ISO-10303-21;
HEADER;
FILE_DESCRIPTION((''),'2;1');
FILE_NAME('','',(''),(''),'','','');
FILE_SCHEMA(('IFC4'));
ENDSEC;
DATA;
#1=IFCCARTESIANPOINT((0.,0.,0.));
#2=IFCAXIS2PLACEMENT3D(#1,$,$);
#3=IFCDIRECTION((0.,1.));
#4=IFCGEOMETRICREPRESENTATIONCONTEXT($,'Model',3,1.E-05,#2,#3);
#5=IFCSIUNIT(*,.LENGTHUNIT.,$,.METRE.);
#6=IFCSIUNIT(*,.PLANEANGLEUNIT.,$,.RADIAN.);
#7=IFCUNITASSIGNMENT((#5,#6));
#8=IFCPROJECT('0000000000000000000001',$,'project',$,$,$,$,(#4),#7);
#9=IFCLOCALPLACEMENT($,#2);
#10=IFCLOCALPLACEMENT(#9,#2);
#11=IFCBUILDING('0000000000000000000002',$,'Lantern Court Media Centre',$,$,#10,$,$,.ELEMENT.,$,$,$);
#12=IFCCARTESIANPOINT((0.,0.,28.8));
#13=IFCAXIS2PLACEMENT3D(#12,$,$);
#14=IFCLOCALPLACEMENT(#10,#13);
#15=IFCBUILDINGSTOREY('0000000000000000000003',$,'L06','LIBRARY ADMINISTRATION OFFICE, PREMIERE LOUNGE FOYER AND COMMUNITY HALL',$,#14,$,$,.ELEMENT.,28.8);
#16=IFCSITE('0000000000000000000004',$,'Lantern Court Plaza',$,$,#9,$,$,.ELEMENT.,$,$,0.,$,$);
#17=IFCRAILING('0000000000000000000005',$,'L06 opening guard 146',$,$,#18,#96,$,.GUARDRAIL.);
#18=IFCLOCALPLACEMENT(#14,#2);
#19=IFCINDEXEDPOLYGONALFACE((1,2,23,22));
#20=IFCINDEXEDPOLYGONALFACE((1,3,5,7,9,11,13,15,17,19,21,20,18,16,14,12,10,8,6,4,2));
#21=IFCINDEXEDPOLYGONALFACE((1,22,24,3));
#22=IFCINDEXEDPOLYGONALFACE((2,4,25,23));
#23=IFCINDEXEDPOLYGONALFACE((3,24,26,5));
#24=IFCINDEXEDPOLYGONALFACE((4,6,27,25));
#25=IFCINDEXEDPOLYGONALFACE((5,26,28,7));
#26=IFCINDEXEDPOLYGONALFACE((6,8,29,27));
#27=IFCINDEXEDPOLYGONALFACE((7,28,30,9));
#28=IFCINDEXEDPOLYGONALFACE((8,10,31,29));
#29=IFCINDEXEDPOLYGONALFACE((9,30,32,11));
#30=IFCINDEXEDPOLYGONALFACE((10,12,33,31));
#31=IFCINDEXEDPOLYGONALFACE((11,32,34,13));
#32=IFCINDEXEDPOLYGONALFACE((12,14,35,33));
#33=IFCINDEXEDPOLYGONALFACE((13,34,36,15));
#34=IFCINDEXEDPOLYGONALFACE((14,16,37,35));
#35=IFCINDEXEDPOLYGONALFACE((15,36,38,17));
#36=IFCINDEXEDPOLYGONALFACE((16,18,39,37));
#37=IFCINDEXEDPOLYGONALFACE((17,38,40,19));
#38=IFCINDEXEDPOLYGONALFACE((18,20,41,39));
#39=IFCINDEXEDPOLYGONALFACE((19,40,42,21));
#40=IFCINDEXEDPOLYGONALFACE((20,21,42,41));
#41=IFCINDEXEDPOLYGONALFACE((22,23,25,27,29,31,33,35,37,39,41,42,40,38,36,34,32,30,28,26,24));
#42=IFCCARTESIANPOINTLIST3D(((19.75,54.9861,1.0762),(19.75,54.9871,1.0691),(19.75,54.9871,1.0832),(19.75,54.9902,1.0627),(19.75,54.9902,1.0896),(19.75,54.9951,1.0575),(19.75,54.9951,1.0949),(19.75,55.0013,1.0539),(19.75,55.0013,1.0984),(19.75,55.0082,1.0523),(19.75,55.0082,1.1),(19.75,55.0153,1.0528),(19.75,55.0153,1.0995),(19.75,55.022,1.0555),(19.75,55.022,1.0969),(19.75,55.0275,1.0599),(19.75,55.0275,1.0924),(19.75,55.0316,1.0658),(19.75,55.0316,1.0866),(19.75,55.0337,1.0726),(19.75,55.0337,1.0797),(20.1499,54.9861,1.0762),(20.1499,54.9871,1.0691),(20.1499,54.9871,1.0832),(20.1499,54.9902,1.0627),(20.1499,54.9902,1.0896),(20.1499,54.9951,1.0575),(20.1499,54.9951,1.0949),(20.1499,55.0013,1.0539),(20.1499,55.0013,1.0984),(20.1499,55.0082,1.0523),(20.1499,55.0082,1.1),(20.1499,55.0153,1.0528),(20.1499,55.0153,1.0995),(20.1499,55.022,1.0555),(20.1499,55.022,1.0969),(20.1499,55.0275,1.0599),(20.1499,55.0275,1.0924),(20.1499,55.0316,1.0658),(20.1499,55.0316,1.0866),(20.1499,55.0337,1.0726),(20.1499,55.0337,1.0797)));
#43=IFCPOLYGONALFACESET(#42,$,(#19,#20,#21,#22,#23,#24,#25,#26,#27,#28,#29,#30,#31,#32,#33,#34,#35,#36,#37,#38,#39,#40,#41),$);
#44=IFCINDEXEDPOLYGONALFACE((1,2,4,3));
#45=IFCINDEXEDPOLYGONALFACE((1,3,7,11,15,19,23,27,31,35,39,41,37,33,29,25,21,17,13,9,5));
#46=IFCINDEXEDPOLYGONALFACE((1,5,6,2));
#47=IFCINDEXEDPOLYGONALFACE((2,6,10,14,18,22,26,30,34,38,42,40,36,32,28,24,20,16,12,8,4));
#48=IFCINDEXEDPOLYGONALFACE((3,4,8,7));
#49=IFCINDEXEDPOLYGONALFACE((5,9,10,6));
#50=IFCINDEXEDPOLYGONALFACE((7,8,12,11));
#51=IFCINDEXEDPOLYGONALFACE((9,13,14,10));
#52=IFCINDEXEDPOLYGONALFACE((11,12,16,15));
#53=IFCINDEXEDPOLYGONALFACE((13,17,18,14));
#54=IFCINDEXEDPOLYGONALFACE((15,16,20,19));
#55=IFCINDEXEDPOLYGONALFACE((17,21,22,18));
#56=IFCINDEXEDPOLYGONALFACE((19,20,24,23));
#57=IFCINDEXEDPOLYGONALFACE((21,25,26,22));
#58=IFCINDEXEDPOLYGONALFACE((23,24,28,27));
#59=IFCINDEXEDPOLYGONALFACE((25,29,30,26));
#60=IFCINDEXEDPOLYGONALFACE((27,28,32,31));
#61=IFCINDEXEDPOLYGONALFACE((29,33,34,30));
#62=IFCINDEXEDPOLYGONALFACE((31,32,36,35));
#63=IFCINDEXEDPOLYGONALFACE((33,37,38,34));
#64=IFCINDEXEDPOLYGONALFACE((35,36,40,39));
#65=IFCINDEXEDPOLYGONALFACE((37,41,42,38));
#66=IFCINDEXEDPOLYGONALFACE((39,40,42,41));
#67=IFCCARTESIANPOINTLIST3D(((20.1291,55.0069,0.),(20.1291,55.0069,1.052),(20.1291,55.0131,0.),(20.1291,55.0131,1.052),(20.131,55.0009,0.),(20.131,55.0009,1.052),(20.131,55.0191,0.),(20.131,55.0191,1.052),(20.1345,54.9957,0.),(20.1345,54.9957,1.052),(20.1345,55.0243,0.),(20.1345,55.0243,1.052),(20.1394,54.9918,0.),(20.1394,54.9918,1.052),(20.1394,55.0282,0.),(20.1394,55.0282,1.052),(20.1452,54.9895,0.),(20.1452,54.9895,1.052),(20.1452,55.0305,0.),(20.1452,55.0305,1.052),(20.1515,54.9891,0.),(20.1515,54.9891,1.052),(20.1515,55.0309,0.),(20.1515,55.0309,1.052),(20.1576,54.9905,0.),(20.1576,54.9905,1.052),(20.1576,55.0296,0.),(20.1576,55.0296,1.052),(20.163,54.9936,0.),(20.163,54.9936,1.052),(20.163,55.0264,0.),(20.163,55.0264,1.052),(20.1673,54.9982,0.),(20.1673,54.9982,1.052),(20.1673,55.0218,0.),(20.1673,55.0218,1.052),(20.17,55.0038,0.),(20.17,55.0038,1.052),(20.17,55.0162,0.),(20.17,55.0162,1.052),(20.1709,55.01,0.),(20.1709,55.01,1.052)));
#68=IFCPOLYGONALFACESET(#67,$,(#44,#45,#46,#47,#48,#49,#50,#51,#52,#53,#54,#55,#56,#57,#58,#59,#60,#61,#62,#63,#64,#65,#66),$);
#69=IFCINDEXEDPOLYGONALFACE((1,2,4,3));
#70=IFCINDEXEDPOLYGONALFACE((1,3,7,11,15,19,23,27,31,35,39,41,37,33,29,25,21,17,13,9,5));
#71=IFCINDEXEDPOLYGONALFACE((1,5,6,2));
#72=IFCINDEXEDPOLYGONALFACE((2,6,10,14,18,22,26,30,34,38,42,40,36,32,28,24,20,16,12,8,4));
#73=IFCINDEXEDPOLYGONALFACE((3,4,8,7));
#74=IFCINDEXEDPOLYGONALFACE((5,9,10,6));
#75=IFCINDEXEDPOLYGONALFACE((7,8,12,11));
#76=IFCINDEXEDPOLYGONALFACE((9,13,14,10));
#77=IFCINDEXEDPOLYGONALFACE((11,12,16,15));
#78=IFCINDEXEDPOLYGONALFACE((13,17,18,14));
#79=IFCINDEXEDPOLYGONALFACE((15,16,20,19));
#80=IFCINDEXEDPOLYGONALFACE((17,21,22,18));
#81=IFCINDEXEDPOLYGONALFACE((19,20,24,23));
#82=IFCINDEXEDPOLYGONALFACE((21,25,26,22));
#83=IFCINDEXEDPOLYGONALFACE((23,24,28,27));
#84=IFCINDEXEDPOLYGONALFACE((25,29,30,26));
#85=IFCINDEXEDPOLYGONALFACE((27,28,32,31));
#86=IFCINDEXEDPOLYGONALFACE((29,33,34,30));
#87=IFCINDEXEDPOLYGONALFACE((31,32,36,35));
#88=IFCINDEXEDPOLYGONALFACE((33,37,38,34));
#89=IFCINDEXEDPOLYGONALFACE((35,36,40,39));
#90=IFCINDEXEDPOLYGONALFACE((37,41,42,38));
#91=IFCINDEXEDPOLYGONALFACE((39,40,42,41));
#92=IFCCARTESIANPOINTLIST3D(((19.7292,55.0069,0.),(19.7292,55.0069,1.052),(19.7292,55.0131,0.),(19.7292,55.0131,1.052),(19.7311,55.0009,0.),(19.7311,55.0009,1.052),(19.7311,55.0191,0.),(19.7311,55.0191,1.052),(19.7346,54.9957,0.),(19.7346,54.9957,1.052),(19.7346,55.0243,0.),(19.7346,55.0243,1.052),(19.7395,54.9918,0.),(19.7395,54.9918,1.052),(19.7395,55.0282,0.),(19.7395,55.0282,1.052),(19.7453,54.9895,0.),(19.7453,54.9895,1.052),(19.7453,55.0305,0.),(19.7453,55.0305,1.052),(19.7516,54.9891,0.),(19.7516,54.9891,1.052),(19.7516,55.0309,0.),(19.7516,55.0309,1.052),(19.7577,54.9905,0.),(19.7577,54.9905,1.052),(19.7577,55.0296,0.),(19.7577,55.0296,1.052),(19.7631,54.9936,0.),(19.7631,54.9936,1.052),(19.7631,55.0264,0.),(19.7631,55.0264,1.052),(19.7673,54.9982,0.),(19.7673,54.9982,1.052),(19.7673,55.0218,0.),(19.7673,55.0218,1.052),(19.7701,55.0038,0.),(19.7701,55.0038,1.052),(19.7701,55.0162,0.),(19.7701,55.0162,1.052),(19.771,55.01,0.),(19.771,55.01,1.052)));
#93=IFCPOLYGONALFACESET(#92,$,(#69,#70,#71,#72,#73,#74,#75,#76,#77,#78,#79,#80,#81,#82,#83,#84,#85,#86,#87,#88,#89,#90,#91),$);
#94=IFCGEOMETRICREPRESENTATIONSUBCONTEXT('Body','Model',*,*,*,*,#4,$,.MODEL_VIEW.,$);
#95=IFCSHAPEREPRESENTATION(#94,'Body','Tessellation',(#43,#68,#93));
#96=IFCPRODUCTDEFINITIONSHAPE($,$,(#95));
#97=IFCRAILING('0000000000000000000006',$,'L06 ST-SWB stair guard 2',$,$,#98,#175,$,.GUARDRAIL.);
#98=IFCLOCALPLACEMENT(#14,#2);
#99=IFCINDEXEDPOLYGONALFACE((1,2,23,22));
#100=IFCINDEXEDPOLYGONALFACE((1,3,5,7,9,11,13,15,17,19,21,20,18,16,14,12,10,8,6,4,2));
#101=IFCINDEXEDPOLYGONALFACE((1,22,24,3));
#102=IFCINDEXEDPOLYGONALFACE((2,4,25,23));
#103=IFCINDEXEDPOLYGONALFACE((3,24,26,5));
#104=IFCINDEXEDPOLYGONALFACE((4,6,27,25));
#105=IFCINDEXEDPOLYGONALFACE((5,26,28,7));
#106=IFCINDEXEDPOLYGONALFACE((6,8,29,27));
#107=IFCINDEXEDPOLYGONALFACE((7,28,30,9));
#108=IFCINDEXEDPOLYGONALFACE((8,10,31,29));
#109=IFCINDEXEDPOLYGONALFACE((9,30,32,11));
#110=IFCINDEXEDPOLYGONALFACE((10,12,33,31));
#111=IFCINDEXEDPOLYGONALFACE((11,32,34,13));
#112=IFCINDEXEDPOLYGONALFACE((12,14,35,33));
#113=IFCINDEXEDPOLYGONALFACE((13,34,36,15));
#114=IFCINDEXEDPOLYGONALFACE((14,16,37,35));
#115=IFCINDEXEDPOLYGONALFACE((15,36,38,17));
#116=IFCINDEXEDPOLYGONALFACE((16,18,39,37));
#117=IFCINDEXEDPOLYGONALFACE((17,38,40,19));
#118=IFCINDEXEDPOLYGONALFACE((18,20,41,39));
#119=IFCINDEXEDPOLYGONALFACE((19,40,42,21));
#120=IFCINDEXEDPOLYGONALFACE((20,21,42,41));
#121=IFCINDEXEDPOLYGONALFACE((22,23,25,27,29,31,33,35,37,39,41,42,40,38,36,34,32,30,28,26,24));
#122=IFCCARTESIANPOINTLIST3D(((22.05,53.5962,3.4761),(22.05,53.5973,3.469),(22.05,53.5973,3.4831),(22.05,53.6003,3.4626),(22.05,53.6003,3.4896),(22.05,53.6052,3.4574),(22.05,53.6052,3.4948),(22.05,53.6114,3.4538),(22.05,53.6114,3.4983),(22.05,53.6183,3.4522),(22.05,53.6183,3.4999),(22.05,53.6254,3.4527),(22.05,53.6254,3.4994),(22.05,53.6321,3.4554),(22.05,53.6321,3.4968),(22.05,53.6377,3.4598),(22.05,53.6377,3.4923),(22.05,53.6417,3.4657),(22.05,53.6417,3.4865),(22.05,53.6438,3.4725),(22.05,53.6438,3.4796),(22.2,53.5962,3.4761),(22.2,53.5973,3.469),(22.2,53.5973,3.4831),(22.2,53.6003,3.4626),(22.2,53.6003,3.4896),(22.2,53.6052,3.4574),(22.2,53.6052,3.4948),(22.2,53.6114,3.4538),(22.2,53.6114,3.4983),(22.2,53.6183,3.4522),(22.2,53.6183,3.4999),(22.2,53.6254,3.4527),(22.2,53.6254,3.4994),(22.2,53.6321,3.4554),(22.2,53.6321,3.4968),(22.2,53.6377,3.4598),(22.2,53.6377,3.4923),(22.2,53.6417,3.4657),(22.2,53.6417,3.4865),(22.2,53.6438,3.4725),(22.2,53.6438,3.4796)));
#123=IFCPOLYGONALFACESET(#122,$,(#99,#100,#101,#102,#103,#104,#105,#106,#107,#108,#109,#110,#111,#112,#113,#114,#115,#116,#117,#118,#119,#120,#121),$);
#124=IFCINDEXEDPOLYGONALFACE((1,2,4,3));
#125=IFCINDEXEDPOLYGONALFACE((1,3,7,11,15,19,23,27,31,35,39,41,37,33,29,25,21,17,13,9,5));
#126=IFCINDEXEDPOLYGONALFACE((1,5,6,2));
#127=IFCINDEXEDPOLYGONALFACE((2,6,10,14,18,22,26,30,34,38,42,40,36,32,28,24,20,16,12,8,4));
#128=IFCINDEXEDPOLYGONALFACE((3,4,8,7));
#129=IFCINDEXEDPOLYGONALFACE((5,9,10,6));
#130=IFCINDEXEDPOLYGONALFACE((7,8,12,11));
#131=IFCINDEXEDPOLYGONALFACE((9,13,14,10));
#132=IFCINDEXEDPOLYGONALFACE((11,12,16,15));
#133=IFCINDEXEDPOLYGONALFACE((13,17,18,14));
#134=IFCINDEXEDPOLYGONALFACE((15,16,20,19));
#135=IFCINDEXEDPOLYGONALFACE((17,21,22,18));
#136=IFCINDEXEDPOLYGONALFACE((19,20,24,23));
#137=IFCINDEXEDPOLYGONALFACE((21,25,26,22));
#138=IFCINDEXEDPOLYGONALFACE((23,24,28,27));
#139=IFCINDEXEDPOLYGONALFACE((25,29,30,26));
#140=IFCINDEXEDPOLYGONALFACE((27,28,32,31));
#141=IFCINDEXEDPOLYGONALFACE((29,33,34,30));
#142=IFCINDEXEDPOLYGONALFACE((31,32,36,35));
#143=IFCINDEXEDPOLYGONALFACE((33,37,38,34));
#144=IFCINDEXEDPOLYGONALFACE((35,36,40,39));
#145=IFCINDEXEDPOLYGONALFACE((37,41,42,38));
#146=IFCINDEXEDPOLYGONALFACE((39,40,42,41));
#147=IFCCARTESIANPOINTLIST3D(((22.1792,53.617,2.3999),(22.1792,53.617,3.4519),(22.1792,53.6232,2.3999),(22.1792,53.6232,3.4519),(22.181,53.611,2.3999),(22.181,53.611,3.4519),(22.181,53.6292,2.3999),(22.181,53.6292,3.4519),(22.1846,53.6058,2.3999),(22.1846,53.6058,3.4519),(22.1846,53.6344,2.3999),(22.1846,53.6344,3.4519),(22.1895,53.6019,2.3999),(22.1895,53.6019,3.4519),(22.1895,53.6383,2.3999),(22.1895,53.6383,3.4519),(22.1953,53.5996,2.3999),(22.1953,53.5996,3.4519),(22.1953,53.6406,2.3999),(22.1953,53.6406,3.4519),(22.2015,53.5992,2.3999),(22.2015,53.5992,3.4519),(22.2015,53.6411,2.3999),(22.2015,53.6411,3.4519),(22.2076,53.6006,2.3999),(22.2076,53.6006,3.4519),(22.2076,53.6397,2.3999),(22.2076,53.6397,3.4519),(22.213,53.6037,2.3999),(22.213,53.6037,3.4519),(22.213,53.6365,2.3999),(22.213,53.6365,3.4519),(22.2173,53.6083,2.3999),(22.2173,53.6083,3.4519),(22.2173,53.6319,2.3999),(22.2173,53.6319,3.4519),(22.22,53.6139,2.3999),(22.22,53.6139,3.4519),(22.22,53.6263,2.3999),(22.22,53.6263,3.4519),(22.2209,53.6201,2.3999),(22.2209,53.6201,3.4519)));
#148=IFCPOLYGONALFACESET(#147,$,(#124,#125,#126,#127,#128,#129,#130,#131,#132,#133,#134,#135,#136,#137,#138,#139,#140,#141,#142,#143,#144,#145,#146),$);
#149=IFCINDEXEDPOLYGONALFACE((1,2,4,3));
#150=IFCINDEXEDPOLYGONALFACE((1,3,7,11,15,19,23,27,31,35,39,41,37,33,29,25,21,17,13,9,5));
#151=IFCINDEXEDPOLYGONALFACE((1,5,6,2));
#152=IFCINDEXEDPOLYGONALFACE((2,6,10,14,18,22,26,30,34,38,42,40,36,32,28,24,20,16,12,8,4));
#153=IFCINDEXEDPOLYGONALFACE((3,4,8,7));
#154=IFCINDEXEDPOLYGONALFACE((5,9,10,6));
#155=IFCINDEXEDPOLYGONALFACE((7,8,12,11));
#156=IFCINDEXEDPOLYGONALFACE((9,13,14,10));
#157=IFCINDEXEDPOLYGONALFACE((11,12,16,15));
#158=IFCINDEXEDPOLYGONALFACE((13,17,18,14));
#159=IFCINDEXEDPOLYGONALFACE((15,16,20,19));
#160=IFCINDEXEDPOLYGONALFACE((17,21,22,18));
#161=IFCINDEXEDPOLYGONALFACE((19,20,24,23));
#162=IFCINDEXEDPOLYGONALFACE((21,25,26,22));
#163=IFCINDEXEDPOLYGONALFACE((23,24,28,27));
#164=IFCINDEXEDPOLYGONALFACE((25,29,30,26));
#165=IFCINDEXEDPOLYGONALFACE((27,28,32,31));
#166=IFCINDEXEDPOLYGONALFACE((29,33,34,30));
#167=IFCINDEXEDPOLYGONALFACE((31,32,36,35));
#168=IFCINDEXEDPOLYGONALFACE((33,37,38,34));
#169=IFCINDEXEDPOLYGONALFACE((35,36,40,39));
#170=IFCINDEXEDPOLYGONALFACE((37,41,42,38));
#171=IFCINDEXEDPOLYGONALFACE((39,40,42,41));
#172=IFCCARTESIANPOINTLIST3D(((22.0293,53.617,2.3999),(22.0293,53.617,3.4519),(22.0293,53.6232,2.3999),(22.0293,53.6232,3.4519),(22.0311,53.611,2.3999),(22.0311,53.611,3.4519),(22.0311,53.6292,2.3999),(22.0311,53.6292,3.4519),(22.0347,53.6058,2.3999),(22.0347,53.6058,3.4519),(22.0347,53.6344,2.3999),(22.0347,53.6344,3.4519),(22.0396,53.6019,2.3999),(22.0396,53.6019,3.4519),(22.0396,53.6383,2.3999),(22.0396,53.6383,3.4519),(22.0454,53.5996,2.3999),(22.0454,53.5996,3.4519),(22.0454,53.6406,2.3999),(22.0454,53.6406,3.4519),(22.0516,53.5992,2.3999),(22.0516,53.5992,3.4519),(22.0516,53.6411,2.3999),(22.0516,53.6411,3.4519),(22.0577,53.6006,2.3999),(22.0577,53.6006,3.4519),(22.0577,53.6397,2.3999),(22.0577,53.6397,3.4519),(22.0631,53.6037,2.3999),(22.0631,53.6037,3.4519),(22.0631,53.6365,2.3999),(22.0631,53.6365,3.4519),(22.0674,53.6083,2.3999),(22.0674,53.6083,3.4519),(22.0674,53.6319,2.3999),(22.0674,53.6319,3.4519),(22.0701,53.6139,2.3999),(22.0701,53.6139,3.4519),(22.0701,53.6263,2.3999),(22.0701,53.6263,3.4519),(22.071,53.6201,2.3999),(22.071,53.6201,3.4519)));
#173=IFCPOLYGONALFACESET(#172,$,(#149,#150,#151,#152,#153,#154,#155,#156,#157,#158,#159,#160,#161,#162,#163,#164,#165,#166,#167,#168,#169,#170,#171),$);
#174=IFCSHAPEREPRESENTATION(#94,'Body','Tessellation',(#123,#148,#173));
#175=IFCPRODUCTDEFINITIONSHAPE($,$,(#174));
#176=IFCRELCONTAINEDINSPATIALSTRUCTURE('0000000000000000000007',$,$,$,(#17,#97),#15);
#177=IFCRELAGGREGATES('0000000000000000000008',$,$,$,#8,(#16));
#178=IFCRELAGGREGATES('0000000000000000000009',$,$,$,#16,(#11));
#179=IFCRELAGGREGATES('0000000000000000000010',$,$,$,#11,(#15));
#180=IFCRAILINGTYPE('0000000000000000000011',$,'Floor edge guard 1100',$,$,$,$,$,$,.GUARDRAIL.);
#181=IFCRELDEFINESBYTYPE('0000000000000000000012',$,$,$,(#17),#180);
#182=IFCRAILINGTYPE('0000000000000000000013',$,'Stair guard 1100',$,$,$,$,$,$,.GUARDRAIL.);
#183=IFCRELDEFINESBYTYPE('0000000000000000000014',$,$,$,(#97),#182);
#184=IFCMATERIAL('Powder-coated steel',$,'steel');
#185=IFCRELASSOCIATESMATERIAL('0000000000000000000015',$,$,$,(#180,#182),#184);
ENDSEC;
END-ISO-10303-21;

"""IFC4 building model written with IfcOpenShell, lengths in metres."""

from ifc_helpers import new_model, si_unit, direction, frame, origin, origin_2d, place, context, subcontext, project, spatial, circle, extrude, material, type_object, element, save


model = new_model("IFC4")

# Units and contexts
model_context = context("Model", 3, precision=1e-05, world=origin(), true_north=direction((0.0, 1.0)))
body_context = subcontext(model_context, "Body", "Model", "MODEL_VIEW")
ifc_project = project(units=[si_unit("LENGTHUNIT", "METRE"), si_unit("PLANEANGLEUNIT", "RADIAN")], contexts=[model_context])

# Site, building, storey
site_placement = place(None, origin())
site = spatial("IfcSite", under=ifc_project, at=site_placement, Name="Lantern Court Plaza", CompositionType="ELEMENT", RefElevation=0.0)
building_placement = place(site_placement, origin())
building = spatial("IfcBuilding", under=site, at=building_placement, Name="Lantern Court Media Centre", CompositionType="ELEMENT")
storey_placement = place(building_placement, frame((0.0, 0.0, 28.8)))
storey = spatial("IfcBuildingStorey", under=building, at=storey_placement, Name="L06", Description="LIBRARY ADMINISTRATION OFFICE, PREMIERE LOUNGE FOYER AND COMMUNITY HALL", CompositionType="ELEMENT", Elevation=28.8)

# Railings
ifc_material_1 = material(Name="Powder-coated steel", Category="steel")
railing_type_1 = type_object("IfcRailingType", Name="Floor edge guard 1100", PredefinedType="GUARDRAIL", material=ifc_material_1)
railing_1_placement = place(storey_placement, frame((20.1499, 55.01, 0.0)))
element("IfcRailing", 1, at=railing_1_placement, inside=storey, type_object=railing_type_1, Name="L06 opening guard 146", PredefinedType="GUARDRAIL", context=body_context, shape_type="SweptSolid", body=[
    extrude(circle(Radius=0.0239, at=origin_2d()), frame((0.0, 0.0, 1.0762), z_axis=(-1.0, 0.0, 0.0), x_axis=(0.0, -1.0, 0.0)), (0.0, 0.0, 1.0), 0.3999),
    extrude(circle(Radius=0.021, at=origin_2d()), origin(), (0.0, 0.0, 1.0), 1.052),
    extrude(circle(Radius=0.021, at=origin_2d()), frame((-0.3999, 0.0, 0.0)), (0.0, 0.0, 1.0), 1.052),
])
railing_type_2 = type_object("IfcRailingType", Name="Stair guard 1100", PredefinedType="GUARDRAIL", material=ifc_material_1)
railing_2_placement = place(storey_placement, frame((22.2, 53.6201, 2.3999)))
element("IfcRailing", 2, at=railing_2_placement, inside=storey, type_object=railing_type_2, Name="L06 ST-SWB stair guard 2", PredefinedType="GUARDRAIL", context=body_context, shape_type="SweptSolid", body=[
    extrude(circle(Radius=0.0239, at=origin_2d()), frame((0.0, 0.0, 1.0762), z_axis=(-1.0, 0.0, 0.0), x_axis=(0.0, -1.0, 0.0)), (0.0, 0.0, 1.0), 0.1499),
    extrude(circle(Radius=0.021, at=origin_2d()), origin(), (0.0, 0.0, 1.0), 1.052),
    extrude(circle(Radius=0.021, at=origin_2d()), frame((-0.1499, 0.0, 0.0)), (0.0, 0.0, 1.0), 1.052),
])

save(model, "model.ifc")
